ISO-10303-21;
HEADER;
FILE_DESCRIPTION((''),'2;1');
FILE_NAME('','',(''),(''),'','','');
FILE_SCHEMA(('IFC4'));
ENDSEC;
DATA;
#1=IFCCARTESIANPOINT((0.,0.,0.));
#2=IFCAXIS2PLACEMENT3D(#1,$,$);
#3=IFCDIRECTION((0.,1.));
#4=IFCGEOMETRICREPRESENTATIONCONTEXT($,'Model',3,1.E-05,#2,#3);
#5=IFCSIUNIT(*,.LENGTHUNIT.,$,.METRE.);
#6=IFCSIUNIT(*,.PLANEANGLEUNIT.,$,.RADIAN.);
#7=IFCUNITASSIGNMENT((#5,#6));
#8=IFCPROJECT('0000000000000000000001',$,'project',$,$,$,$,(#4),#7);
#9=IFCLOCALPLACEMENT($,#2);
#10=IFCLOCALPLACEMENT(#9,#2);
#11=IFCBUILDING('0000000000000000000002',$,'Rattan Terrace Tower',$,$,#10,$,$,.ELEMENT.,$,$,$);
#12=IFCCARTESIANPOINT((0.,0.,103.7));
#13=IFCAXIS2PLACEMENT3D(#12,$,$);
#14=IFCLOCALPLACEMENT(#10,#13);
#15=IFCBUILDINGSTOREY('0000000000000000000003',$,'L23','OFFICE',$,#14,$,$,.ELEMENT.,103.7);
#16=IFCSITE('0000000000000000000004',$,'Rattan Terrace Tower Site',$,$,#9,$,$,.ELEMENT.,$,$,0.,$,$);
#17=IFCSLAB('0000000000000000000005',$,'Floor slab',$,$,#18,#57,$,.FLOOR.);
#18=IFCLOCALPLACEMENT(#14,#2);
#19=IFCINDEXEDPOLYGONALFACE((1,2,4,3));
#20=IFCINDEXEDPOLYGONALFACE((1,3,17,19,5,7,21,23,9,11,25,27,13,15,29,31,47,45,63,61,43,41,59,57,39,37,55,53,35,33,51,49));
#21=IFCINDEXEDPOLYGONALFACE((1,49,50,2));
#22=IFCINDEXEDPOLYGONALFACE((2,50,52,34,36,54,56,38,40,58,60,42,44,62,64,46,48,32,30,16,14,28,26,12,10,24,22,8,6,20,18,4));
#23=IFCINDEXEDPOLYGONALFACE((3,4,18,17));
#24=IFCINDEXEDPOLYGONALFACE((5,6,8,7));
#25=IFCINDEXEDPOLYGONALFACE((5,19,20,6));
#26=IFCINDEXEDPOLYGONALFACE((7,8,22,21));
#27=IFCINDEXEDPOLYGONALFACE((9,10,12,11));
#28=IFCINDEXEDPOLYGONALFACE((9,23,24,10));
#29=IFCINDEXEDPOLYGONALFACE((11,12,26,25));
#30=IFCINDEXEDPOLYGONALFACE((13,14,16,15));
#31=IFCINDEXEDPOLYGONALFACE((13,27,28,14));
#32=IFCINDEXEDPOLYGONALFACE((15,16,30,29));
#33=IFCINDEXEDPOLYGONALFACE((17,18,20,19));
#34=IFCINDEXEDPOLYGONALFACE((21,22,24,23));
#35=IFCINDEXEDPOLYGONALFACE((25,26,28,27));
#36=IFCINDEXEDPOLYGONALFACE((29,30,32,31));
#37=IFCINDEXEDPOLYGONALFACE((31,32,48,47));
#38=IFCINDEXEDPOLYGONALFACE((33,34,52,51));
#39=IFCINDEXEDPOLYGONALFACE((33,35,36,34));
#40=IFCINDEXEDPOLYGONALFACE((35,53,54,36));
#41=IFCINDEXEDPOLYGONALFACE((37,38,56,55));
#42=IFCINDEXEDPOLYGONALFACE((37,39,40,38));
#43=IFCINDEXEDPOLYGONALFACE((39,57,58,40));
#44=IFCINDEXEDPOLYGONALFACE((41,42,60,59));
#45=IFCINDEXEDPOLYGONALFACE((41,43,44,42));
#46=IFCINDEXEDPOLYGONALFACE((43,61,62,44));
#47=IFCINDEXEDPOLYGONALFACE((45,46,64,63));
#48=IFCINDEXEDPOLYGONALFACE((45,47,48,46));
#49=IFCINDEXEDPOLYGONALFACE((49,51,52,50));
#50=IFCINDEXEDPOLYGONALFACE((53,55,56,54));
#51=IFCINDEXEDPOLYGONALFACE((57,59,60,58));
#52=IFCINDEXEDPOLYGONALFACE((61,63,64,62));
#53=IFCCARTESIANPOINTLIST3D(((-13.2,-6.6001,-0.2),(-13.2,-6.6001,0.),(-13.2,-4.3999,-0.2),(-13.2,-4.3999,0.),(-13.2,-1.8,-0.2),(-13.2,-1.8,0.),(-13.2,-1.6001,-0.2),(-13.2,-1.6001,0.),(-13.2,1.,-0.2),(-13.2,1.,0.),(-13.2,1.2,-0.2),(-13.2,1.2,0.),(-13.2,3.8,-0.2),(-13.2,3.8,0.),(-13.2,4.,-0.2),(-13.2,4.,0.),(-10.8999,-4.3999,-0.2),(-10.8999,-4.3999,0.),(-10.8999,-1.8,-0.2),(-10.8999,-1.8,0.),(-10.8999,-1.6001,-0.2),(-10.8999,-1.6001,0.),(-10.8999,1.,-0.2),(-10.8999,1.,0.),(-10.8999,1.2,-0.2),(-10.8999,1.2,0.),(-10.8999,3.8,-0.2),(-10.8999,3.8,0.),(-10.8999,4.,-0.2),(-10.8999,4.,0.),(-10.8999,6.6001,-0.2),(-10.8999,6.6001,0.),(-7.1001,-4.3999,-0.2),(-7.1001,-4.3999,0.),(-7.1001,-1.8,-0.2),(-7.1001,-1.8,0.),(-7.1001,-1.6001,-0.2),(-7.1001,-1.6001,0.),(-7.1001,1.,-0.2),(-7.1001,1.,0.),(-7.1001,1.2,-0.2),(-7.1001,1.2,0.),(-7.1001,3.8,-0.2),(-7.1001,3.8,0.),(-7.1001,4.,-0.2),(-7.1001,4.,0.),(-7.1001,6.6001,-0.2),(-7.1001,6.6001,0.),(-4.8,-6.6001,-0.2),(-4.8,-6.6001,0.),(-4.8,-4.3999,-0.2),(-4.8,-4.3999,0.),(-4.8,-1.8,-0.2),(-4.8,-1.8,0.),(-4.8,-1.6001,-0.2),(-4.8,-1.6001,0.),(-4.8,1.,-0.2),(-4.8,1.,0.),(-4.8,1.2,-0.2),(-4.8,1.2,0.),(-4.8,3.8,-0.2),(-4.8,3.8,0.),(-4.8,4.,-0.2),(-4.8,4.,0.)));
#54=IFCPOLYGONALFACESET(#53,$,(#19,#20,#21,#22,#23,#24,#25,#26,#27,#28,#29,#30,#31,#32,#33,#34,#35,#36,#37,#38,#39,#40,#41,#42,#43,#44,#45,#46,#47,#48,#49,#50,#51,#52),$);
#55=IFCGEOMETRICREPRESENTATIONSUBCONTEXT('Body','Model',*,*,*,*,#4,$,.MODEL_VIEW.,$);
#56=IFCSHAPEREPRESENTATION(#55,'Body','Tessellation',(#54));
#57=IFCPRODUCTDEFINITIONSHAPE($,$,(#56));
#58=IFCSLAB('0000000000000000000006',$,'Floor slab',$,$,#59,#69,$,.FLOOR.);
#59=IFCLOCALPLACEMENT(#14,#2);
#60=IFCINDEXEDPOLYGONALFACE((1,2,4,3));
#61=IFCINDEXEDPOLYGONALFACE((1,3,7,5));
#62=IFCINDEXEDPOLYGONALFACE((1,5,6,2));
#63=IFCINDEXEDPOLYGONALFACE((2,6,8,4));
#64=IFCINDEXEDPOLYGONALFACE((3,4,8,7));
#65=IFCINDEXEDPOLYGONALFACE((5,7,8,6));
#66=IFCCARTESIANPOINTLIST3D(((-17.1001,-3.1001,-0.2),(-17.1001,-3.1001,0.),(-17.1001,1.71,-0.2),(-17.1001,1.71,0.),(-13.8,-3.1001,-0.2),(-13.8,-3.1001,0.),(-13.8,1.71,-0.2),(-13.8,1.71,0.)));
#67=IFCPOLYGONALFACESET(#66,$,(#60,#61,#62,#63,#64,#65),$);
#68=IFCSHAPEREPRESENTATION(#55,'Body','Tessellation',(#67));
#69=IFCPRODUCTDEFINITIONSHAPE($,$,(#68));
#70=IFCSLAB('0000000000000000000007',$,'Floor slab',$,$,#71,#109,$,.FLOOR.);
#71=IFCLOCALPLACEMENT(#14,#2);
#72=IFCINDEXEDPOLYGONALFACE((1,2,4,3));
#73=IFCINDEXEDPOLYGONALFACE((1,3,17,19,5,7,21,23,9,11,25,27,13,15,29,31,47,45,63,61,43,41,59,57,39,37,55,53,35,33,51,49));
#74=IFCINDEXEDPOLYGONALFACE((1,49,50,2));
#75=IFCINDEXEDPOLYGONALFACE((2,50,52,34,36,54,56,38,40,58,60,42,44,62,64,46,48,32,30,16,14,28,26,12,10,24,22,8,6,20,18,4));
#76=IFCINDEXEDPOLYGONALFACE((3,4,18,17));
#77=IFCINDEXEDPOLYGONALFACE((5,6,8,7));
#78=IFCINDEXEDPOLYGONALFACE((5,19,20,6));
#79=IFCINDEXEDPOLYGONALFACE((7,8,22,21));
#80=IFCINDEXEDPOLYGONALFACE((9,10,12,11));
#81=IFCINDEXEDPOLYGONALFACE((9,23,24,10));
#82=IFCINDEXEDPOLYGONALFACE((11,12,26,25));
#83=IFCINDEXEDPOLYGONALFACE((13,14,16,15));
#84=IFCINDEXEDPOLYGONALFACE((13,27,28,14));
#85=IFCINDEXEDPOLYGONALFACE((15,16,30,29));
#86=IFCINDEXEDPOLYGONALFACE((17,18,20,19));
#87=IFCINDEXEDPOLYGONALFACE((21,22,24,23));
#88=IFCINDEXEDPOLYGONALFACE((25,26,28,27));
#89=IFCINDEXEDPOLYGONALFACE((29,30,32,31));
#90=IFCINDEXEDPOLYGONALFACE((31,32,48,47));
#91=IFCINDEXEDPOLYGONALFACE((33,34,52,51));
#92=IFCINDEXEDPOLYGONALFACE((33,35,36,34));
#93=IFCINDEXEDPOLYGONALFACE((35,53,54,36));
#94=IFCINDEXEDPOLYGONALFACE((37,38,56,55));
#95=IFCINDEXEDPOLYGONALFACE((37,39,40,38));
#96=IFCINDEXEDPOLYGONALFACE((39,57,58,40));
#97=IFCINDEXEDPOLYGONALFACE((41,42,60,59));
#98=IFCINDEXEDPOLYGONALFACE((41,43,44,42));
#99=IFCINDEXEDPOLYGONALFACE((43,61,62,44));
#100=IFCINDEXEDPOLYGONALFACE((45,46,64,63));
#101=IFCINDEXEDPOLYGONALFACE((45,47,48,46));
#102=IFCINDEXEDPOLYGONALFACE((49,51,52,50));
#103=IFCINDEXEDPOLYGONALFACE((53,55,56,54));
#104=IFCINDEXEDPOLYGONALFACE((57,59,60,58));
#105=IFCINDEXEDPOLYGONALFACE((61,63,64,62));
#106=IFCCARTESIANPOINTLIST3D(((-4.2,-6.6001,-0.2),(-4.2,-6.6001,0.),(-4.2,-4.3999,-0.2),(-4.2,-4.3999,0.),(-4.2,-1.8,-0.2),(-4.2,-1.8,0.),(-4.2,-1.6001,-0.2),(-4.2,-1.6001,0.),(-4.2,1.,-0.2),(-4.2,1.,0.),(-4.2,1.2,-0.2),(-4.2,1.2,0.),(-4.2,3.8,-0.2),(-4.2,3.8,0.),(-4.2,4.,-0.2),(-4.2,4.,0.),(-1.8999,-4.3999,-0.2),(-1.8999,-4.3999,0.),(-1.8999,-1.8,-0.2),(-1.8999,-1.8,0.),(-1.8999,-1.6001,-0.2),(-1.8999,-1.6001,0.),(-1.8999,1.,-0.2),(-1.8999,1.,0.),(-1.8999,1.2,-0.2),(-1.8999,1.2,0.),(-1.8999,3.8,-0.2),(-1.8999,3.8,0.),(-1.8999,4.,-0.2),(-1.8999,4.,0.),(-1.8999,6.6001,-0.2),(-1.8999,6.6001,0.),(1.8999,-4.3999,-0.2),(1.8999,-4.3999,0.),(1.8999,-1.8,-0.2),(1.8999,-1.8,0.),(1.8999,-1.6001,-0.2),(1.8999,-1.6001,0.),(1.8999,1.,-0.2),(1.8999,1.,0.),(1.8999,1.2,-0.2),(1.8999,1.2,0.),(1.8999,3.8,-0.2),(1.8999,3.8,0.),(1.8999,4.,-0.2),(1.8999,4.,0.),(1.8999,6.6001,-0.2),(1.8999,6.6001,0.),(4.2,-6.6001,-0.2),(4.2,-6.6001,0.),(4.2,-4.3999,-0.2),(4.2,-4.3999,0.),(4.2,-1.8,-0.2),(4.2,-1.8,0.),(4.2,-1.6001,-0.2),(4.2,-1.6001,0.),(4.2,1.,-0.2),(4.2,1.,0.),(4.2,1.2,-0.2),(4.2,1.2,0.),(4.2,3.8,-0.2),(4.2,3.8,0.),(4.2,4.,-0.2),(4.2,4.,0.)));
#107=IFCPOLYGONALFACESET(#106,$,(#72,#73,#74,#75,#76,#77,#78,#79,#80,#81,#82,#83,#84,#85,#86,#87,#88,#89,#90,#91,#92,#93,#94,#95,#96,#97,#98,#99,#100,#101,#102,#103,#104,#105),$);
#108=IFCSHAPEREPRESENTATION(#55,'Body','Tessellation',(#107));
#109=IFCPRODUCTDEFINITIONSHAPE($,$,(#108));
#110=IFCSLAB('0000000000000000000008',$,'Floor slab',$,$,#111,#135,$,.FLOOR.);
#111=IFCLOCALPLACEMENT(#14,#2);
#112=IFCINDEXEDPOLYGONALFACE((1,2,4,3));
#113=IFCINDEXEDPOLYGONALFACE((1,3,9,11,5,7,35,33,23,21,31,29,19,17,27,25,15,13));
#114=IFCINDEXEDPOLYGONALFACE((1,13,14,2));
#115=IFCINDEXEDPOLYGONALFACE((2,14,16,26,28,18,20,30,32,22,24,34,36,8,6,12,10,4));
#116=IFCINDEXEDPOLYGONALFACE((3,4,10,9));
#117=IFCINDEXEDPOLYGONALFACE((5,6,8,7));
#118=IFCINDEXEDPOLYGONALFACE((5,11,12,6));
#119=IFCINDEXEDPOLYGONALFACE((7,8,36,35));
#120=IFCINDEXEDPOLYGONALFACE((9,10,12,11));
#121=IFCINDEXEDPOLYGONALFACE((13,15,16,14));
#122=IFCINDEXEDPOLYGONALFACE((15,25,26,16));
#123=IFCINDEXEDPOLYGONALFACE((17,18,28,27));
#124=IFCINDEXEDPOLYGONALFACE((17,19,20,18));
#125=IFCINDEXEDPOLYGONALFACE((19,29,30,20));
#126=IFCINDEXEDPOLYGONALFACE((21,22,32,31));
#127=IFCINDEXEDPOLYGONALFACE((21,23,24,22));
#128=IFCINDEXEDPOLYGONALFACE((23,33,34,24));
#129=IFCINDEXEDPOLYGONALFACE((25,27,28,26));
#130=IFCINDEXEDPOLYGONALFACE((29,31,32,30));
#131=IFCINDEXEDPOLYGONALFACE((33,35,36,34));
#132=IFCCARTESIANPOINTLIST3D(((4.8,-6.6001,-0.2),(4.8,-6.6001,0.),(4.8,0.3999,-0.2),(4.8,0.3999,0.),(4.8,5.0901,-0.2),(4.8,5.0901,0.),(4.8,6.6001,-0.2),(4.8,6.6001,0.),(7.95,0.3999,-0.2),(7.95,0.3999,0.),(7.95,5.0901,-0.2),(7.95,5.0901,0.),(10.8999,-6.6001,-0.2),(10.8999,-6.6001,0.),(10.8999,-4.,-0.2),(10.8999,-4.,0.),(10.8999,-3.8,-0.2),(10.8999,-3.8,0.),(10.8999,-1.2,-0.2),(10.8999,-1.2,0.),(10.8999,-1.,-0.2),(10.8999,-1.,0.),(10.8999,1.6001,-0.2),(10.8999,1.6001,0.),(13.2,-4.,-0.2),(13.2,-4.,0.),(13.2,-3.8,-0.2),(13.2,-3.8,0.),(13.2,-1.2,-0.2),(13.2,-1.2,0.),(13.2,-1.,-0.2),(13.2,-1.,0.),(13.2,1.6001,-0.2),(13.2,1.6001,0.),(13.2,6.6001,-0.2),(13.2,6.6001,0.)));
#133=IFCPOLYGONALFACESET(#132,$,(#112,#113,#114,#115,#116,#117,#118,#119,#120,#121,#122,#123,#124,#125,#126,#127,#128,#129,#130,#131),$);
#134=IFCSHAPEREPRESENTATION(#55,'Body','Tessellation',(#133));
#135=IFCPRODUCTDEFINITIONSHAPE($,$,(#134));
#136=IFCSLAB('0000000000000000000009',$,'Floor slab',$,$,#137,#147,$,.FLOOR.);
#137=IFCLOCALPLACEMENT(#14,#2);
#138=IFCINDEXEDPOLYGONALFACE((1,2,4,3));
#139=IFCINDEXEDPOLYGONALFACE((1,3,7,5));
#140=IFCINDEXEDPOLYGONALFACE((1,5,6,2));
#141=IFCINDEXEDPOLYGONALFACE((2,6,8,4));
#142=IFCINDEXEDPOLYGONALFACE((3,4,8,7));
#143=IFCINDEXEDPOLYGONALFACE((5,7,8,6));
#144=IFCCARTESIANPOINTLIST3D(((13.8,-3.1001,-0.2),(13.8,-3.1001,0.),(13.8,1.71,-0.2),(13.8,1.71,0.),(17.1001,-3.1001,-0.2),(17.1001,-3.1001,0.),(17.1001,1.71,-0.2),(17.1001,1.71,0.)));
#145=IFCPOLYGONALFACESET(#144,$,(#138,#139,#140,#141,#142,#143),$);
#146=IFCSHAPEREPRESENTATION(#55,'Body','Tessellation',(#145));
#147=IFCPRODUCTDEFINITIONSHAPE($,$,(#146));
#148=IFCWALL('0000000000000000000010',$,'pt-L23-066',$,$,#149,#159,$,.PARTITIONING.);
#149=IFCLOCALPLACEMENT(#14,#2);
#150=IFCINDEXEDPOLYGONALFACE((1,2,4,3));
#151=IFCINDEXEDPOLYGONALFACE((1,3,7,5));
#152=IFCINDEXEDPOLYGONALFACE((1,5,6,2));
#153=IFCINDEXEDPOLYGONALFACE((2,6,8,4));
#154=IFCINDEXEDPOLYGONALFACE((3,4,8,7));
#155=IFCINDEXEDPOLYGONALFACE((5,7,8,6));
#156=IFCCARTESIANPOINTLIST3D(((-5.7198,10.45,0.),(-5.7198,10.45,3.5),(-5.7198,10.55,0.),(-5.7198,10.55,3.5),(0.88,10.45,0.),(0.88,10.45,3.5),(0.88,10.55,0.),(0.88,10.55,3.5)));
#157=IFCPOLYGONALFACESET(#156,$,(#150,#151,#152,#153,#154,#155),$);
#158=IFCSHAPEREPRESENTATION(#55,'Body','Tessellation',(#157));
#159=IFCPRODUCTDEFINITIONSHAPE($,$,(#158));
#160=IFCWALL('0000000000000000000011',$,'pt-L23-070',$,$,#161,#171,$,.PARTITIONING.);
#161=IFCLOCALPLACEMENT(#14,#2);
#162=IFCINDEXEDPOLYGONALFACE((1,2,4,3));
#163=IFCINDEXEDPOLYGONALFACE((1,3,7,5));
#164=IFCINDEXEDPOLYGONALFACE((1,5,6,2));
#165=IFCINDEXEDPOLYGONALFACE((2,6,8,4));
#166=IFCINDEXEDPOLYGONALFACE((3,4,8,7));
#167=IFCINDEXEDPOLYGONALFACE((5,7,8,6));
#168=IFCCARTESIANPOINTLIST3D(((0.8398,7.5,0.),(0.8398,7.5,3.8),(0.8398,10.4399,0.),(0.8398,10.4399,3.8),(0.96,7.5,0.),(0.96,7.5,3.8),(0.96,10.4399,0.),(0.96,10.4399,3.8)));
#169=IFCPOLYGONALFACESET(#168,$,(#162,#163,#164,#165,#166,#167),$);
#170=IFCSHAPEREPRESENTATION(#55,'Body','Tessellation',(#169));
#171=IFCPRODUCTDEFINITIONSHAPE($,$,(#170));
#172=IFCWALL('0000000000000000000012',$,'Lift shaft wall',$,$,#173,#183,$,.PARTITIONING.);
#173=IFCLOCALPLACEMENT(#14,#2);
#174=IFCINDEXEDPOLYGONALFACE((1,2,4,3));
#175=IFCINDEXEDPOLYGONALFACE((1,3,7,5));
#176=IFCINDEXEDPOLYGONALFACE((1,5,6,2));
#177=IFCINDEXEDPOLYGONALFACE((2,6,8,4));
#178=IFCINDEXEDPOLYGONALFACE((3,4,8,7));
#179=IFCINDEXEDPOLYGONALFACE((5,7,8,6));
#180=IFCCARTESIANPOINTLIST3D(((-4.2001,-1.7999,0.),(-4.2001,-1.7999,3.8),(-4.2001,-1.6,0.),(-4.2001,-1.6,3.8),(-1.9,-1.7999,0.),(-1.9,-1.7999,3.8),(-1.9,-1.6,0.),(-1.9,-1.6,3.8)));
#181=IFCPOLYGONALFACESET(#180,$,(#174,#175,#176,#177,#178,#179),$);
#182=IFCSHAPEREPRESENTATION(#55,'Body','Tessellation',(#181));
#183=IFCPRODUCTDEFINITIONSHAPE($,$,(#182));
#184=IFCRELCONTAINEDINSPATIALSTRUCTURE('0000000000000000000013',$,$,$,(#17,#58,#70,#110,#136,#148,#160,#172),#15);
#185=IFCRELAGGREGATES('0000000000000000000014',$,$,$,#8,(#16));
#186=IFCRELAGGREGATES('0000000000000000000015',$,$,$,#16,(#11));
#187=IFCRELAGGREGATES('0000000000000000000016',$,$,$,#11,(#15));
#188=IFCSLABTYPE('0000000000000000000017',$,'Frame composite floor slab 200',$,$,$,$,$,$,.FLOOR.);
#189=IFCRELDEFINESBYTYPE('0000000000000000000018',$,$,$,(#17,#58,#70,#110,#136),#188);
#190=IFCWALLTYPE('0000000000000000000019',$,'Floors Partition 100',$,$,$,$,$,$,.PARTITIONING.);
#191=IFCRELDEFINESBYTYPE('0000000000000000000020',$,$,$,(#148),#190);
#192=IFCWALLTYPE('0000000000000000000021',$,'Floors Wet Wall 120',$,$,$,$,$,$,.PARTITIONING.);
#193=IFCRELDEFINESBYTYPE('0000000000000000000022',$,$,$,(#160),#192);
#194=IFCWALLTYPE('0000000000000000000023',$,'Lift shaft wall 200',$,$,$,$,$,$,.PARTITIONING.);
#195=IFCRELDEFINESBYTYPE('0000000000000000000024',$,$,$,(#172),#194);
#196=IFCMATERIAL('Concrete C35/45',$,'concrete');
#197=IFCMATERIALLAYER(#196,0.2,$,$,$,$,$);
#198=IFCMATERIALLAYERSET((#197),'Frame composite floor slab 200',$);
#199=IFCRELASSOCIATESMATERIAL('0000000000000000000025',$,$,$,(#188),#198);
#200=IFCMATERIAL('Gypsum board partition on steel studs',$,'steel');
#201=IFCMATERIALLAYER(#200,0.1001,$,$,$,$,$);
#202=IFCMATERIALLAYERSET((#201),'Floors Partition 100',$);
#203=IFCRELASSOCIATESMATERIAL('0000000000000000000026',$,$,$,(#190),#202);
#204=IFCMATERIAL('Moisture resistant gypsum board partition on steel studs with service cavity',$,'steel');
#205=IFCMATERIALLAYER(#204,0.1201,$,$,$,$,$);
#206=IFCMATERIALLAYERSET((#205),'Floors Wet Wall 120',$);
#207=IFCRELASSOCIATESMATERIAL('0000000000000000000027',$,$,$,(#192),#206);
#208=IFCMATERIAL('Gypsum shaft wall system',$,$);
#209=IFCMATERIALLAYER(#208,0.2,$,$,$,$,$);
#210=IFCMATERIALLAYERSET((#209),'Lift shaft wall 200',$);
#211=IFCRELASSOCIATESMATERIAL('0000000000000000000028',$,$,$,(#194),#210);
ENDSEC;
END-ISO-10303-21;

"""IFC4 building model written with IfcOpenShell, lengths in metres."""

from ifc_helpers import new_model, si_unit, direction, frame, frame_2d, origin, place, context, subcontext, project, spatial, polyline, rectangle, outline, extrude, material, layer, layer_set, type_object, element, save


model = new_model("IFC4")

# Units and contexts
model_context = context("Model", 3, precision=1e-05, world=origin(), true_north=direction((0.0, 1.0)))
body_context = subcontext(model_context, "Body", "Model", "MODEL_VIEW")
ifc_project = project(units=[si_unit("LENGTHUNIT", "METRE"), si_unit("PLANEANGLEUNIT", "RADIAN")], contexts=[model_context])

# Site, building, storey
site_placement = place(None, origin())
site = spatial("IfcSite", under=ifc_project, at=site_placement, Name="Rattan Terrace Tower Site", CompositionType="ELEMENT", RefElevation=0.0)
building_placement = place(site_placement, origin())
building = spatial("IfcBuilding", under=site, at=building_placement, Name="Rattan Terrace Tower", CompositionType="ELEMENT")
storey_placement = place(building_placement, frame((0.0, 0.0, 103.7)))
storey = spatial("IfcBuildingStorey", under=building, at=storey_placement, Name="L23", Description="OFFICE", CompositionType="ELEMENT", Elevation=103.7)

# Slabs
ifc_material_1 = material(Name="Concrete C35/45", Category="concrete")
ifc_layer_1 = layer(ifc_material_1, 0.2)
ifc_layer_set_1 = layer_set([ifc_layer_1], Name="Frame composite floor slab 200")
slab_type_1 = type_object("IfcSlabType", Name="Frame composite floor slab 200", PredefinedType="FLOOR", material=ifc_layer_set_1)
slab_1_placement = place(storey_placement, frame((0.0, 0.0, -0.2)))
element("IfcSlab", 1, at=slab_1_placement, inside=storey, type_object=slab_type_1, Name="Floor slab", PredefinedType="FLOOR", context=body_context, shape_type="SweptSolid", body=[
    extrude(outline(polyline([(-10.8999, 6.6001), (-10.8999, 4.0), (-13.2, 4.0), (-13.2, 3.8), (-10.8999, 3.8), (-10.8999, 1.2), (-13.2, 1.2), (-13.2, 1.0), (-10.8999, 1.0), (-10.8999, -1.6001), (-13.2, -1.6001), (-13.2, -1.8), (-10.8999, -1.8), (-10.8999, -4.3999), (-13.2, -4.3999), (-13.2, -6.6001), (-4.8, -6.6001), (-4.8, -4.3999), (-7.1001, -4.3999), (-7.1001, -1.8), (-4.8, -1.8), (-4.8, -1.6001), (-7.1001, -1.6001), (-7.1001, 1.0), (-4.8, 1.0), (-4.8, 1.2), (-7.1001, 1.2), (-7.1001, 3.8), (-4.8, 3.8), (-4.8, 4.0), (-7.1001, 4.0), (-7.1001, 6.6001), (-10.8999, 6.6001)])), origin(), (0.0, 0.0, 1.0), 0.2),
])
slab_2_placement = place(storey_placement, frame((0.0, 0.0, -0.2)))
element("IfcSlab", 2, at=slab_2_placement, inside=storey, type_object=slab_type_1, Name="Floor slab", PredefinedType="FLOOR", context=body_context, shape_type="SweptSolid", body=[
    extrude(outline(polyline([(-17.1001, -3.1001), (-13.8, -3.1001), (-13.8, 1.71), (-17.1001, 1.71), (-17.1001, -3.1001)])), origin(), (0.0, 0.0, 1.0), 0.2),
])
slab_3_placement = place(storey_placement, frame((0.0, 0.0, -0.2)))
element("IfcSlab", 3, at=slab_3_placement, inside=storey, type_object=slab_type_1, Name="Floor slab", PredefinedType="FLOOR", context=body_context, shape_type="SweptSolid", body=[
    extrude(outline(polyline([(-4.2, 4.0), (-4.2, 3.8), (-1.8999, 3.8), (-1.8999, 1.2), (-4.2, 1.2), (-4.2, 1.0), (-1.8999, 1.0), (-1.8999, -1.6001), (-4.2, -1.6001), (-4.2, -1.8), (-1.8999, -1.8), (-1.8999, -4.3999), (-4.2, -4.3999), (-4.2, -6.6001), (4.2, -6.6001), (4.2, -4.3999), (1.8999, -4.3999), (1.8999, -1.8), (4.2, -1.8), (4.2, -1.6001), (1.8999, -1.6001), (1.8999, 1.0), (4.2, 1.0), (4.2, 1.2), (1.8999, 1.2), (1.8999, 3.8), (4.2, 3.8), (4.2, 4.0), (1.8999, 4.0), (1.8999, 6.6001), (-1.8999, 6.6001), (-1.8999, 4.0), (-4.2, 4.0)])), origin(), (0.0, 0.0, 1.0), 0.2),
])
slab_4_placement = place(storey_placement, frame((0.0, 0.0, -0.2)))
element("IfcSlab", 4, at=slab_4_placement, inside=storey, type_object=slab_type_1, Name="Floor slab", PredefinedType="FLOOR", context=body_context, shape_type="SweptSolid", body=[
    extrude(outline(polyline([(4.8, 5.0901), (7.95, 5.0901), (7.95, 0.3999), (4.8, 0.3999), (4.8, -6.6001), (10.8999, -6.6001), (10.8999, -4.0), (13.2, -4.0), (13.2, -3.8), (10.8999, -3.8), (10.8999, -1.2), (13.2, -1.2), (13.2, -1.0), (10.8999, -1.0), (10.8999, 1.6001), (13.2, 1.6001), (13.2, 6.6001), (4.8, 6.6001), (4.8, 5.0901)])), origin(), (0.0, 0.0, 1.0), 0.2),
])
slab_5_placement = place(storey_placement, frame((0.0, 0.0, -0.2)))
element("IfcSlab", 5, at=slab_5_placement, inside=storey, type_object=slab_type_1, Name="Floor slab", PredefinedType="FLOOR", context=body_context, shape_type="SweptSolid", body=[
    extrude(outline(polyline([(13.8, -3.1001), (17.1001, -3.1001), (17.1001, 1.71), (13.8, 1.71), (13.8, -3.1001)])), origin(), (0.0, 0.0, 1.0), 0.2),
])

# Walls
ifc_material_2 = material(Name="Gypsum board partition on steel studs", Category="steel")
ifc_layer_2 = layer(ifc_material_2, 0.1001)
ifc_layer_set_2 = layer_set([ifc_layer_2], Name="Floors Partition 100")
wall_type_1 = type_object("IfcWallType", Name="Floors Partition 100", PredefinedType="PARTITIONING", material=ifc_layer_set_2)
wall_1_placement = place(storey_placement, frame((0.8799, 10.5, 0.0), z_axis=(0.0, 0.0, 1.0), x_axis=(-1.0, 0.0, 0.0)))
element("IfcWall", 6, at=wall_1_placement, inside=storey, type_object=wall_type_1, Name="pt-L23-066", PredefinedType="PARTITIONING", context=body_context, shape_type="SweptSolid", body=[
    extrude(rectangle(XDim=6.5999, YDim=0.1001, at=frame_2d((3.2998, 0.0))), origin(), (0.0, 0.0, 1.0), 3.5),
])
ifc_material_3 = material(Name="Moisture resistant gypsum board partition on steel studs with service cavity", Category="steel")
ifc_layer_3 = layer(ifc_material_3, 0.1201)
ifc_layer_set_3 = layer_set([ifc_layer_3], Name="Floors Wet Wall 120")
wall_type_2 = type_object("IfcWallType", Name="Floors Wet Wall 120", PredefinedType="PARTITIONING", material=ifc_layer_set_3)
wall_2_placement = place(storey_placement, frame((0.8999, 10.4399, 0.0), z_axis=(0.0, 0.0, 1.0), x_axis=(0.0, -1.0, 0.0)))
element("IfcWall", 7, at=wall_2_placement, inside=storey, type_object=wall_type_2, Name="pt-L23-070", PredefinedType="PARTITIONING", context=body_context, shape_type="SweptSolid", body=[
    extrude(rectangle(XDim=2.9399, YDim=0.1201, at=frame_2d((1.47, 0.0))), origin(), (0.0, 0.0, 1.0), 3.8),
])
ifc_material_4 = material(Name="Gypsum shaft wall system")
ifc_layer_4 = layer(ifc_material_4, 0.2)
ifc_layer_set_4 = layer_set([ifc_layer_4], Name="Lift shaft wall 200")
wall_type_3 = type_object("IfcWallType", Name="Lift shaft wall 200", PredefinedType="PARTITIONING", material=ifc_layer_set_4)
for number, where, z_axis, x_axis, name in (
    (8, (-4.2, -1.7, 0.0), (0.0, 0.0, 1.0), (1.0, 0.0, 0.0), "Lift shaft wall"),
):
    element("IfcWall", number, at=place(storey_placement, frame(where, z_axis=z_axis, x_axis=x_axis)), inside=storey, type_object=wall_type_3, Name=name, PredefinedType="PARTITIONING", context=body_context, shape_type="SweptSolid", body=[
        extrude(rectangle(XDim=2.3, YDim=0.2, at=frame_2d((1.1499, 0.0))), origin(), (0.0, 0.0, 1.0), 3.8),
    ])

save(model, "model.ifc")
